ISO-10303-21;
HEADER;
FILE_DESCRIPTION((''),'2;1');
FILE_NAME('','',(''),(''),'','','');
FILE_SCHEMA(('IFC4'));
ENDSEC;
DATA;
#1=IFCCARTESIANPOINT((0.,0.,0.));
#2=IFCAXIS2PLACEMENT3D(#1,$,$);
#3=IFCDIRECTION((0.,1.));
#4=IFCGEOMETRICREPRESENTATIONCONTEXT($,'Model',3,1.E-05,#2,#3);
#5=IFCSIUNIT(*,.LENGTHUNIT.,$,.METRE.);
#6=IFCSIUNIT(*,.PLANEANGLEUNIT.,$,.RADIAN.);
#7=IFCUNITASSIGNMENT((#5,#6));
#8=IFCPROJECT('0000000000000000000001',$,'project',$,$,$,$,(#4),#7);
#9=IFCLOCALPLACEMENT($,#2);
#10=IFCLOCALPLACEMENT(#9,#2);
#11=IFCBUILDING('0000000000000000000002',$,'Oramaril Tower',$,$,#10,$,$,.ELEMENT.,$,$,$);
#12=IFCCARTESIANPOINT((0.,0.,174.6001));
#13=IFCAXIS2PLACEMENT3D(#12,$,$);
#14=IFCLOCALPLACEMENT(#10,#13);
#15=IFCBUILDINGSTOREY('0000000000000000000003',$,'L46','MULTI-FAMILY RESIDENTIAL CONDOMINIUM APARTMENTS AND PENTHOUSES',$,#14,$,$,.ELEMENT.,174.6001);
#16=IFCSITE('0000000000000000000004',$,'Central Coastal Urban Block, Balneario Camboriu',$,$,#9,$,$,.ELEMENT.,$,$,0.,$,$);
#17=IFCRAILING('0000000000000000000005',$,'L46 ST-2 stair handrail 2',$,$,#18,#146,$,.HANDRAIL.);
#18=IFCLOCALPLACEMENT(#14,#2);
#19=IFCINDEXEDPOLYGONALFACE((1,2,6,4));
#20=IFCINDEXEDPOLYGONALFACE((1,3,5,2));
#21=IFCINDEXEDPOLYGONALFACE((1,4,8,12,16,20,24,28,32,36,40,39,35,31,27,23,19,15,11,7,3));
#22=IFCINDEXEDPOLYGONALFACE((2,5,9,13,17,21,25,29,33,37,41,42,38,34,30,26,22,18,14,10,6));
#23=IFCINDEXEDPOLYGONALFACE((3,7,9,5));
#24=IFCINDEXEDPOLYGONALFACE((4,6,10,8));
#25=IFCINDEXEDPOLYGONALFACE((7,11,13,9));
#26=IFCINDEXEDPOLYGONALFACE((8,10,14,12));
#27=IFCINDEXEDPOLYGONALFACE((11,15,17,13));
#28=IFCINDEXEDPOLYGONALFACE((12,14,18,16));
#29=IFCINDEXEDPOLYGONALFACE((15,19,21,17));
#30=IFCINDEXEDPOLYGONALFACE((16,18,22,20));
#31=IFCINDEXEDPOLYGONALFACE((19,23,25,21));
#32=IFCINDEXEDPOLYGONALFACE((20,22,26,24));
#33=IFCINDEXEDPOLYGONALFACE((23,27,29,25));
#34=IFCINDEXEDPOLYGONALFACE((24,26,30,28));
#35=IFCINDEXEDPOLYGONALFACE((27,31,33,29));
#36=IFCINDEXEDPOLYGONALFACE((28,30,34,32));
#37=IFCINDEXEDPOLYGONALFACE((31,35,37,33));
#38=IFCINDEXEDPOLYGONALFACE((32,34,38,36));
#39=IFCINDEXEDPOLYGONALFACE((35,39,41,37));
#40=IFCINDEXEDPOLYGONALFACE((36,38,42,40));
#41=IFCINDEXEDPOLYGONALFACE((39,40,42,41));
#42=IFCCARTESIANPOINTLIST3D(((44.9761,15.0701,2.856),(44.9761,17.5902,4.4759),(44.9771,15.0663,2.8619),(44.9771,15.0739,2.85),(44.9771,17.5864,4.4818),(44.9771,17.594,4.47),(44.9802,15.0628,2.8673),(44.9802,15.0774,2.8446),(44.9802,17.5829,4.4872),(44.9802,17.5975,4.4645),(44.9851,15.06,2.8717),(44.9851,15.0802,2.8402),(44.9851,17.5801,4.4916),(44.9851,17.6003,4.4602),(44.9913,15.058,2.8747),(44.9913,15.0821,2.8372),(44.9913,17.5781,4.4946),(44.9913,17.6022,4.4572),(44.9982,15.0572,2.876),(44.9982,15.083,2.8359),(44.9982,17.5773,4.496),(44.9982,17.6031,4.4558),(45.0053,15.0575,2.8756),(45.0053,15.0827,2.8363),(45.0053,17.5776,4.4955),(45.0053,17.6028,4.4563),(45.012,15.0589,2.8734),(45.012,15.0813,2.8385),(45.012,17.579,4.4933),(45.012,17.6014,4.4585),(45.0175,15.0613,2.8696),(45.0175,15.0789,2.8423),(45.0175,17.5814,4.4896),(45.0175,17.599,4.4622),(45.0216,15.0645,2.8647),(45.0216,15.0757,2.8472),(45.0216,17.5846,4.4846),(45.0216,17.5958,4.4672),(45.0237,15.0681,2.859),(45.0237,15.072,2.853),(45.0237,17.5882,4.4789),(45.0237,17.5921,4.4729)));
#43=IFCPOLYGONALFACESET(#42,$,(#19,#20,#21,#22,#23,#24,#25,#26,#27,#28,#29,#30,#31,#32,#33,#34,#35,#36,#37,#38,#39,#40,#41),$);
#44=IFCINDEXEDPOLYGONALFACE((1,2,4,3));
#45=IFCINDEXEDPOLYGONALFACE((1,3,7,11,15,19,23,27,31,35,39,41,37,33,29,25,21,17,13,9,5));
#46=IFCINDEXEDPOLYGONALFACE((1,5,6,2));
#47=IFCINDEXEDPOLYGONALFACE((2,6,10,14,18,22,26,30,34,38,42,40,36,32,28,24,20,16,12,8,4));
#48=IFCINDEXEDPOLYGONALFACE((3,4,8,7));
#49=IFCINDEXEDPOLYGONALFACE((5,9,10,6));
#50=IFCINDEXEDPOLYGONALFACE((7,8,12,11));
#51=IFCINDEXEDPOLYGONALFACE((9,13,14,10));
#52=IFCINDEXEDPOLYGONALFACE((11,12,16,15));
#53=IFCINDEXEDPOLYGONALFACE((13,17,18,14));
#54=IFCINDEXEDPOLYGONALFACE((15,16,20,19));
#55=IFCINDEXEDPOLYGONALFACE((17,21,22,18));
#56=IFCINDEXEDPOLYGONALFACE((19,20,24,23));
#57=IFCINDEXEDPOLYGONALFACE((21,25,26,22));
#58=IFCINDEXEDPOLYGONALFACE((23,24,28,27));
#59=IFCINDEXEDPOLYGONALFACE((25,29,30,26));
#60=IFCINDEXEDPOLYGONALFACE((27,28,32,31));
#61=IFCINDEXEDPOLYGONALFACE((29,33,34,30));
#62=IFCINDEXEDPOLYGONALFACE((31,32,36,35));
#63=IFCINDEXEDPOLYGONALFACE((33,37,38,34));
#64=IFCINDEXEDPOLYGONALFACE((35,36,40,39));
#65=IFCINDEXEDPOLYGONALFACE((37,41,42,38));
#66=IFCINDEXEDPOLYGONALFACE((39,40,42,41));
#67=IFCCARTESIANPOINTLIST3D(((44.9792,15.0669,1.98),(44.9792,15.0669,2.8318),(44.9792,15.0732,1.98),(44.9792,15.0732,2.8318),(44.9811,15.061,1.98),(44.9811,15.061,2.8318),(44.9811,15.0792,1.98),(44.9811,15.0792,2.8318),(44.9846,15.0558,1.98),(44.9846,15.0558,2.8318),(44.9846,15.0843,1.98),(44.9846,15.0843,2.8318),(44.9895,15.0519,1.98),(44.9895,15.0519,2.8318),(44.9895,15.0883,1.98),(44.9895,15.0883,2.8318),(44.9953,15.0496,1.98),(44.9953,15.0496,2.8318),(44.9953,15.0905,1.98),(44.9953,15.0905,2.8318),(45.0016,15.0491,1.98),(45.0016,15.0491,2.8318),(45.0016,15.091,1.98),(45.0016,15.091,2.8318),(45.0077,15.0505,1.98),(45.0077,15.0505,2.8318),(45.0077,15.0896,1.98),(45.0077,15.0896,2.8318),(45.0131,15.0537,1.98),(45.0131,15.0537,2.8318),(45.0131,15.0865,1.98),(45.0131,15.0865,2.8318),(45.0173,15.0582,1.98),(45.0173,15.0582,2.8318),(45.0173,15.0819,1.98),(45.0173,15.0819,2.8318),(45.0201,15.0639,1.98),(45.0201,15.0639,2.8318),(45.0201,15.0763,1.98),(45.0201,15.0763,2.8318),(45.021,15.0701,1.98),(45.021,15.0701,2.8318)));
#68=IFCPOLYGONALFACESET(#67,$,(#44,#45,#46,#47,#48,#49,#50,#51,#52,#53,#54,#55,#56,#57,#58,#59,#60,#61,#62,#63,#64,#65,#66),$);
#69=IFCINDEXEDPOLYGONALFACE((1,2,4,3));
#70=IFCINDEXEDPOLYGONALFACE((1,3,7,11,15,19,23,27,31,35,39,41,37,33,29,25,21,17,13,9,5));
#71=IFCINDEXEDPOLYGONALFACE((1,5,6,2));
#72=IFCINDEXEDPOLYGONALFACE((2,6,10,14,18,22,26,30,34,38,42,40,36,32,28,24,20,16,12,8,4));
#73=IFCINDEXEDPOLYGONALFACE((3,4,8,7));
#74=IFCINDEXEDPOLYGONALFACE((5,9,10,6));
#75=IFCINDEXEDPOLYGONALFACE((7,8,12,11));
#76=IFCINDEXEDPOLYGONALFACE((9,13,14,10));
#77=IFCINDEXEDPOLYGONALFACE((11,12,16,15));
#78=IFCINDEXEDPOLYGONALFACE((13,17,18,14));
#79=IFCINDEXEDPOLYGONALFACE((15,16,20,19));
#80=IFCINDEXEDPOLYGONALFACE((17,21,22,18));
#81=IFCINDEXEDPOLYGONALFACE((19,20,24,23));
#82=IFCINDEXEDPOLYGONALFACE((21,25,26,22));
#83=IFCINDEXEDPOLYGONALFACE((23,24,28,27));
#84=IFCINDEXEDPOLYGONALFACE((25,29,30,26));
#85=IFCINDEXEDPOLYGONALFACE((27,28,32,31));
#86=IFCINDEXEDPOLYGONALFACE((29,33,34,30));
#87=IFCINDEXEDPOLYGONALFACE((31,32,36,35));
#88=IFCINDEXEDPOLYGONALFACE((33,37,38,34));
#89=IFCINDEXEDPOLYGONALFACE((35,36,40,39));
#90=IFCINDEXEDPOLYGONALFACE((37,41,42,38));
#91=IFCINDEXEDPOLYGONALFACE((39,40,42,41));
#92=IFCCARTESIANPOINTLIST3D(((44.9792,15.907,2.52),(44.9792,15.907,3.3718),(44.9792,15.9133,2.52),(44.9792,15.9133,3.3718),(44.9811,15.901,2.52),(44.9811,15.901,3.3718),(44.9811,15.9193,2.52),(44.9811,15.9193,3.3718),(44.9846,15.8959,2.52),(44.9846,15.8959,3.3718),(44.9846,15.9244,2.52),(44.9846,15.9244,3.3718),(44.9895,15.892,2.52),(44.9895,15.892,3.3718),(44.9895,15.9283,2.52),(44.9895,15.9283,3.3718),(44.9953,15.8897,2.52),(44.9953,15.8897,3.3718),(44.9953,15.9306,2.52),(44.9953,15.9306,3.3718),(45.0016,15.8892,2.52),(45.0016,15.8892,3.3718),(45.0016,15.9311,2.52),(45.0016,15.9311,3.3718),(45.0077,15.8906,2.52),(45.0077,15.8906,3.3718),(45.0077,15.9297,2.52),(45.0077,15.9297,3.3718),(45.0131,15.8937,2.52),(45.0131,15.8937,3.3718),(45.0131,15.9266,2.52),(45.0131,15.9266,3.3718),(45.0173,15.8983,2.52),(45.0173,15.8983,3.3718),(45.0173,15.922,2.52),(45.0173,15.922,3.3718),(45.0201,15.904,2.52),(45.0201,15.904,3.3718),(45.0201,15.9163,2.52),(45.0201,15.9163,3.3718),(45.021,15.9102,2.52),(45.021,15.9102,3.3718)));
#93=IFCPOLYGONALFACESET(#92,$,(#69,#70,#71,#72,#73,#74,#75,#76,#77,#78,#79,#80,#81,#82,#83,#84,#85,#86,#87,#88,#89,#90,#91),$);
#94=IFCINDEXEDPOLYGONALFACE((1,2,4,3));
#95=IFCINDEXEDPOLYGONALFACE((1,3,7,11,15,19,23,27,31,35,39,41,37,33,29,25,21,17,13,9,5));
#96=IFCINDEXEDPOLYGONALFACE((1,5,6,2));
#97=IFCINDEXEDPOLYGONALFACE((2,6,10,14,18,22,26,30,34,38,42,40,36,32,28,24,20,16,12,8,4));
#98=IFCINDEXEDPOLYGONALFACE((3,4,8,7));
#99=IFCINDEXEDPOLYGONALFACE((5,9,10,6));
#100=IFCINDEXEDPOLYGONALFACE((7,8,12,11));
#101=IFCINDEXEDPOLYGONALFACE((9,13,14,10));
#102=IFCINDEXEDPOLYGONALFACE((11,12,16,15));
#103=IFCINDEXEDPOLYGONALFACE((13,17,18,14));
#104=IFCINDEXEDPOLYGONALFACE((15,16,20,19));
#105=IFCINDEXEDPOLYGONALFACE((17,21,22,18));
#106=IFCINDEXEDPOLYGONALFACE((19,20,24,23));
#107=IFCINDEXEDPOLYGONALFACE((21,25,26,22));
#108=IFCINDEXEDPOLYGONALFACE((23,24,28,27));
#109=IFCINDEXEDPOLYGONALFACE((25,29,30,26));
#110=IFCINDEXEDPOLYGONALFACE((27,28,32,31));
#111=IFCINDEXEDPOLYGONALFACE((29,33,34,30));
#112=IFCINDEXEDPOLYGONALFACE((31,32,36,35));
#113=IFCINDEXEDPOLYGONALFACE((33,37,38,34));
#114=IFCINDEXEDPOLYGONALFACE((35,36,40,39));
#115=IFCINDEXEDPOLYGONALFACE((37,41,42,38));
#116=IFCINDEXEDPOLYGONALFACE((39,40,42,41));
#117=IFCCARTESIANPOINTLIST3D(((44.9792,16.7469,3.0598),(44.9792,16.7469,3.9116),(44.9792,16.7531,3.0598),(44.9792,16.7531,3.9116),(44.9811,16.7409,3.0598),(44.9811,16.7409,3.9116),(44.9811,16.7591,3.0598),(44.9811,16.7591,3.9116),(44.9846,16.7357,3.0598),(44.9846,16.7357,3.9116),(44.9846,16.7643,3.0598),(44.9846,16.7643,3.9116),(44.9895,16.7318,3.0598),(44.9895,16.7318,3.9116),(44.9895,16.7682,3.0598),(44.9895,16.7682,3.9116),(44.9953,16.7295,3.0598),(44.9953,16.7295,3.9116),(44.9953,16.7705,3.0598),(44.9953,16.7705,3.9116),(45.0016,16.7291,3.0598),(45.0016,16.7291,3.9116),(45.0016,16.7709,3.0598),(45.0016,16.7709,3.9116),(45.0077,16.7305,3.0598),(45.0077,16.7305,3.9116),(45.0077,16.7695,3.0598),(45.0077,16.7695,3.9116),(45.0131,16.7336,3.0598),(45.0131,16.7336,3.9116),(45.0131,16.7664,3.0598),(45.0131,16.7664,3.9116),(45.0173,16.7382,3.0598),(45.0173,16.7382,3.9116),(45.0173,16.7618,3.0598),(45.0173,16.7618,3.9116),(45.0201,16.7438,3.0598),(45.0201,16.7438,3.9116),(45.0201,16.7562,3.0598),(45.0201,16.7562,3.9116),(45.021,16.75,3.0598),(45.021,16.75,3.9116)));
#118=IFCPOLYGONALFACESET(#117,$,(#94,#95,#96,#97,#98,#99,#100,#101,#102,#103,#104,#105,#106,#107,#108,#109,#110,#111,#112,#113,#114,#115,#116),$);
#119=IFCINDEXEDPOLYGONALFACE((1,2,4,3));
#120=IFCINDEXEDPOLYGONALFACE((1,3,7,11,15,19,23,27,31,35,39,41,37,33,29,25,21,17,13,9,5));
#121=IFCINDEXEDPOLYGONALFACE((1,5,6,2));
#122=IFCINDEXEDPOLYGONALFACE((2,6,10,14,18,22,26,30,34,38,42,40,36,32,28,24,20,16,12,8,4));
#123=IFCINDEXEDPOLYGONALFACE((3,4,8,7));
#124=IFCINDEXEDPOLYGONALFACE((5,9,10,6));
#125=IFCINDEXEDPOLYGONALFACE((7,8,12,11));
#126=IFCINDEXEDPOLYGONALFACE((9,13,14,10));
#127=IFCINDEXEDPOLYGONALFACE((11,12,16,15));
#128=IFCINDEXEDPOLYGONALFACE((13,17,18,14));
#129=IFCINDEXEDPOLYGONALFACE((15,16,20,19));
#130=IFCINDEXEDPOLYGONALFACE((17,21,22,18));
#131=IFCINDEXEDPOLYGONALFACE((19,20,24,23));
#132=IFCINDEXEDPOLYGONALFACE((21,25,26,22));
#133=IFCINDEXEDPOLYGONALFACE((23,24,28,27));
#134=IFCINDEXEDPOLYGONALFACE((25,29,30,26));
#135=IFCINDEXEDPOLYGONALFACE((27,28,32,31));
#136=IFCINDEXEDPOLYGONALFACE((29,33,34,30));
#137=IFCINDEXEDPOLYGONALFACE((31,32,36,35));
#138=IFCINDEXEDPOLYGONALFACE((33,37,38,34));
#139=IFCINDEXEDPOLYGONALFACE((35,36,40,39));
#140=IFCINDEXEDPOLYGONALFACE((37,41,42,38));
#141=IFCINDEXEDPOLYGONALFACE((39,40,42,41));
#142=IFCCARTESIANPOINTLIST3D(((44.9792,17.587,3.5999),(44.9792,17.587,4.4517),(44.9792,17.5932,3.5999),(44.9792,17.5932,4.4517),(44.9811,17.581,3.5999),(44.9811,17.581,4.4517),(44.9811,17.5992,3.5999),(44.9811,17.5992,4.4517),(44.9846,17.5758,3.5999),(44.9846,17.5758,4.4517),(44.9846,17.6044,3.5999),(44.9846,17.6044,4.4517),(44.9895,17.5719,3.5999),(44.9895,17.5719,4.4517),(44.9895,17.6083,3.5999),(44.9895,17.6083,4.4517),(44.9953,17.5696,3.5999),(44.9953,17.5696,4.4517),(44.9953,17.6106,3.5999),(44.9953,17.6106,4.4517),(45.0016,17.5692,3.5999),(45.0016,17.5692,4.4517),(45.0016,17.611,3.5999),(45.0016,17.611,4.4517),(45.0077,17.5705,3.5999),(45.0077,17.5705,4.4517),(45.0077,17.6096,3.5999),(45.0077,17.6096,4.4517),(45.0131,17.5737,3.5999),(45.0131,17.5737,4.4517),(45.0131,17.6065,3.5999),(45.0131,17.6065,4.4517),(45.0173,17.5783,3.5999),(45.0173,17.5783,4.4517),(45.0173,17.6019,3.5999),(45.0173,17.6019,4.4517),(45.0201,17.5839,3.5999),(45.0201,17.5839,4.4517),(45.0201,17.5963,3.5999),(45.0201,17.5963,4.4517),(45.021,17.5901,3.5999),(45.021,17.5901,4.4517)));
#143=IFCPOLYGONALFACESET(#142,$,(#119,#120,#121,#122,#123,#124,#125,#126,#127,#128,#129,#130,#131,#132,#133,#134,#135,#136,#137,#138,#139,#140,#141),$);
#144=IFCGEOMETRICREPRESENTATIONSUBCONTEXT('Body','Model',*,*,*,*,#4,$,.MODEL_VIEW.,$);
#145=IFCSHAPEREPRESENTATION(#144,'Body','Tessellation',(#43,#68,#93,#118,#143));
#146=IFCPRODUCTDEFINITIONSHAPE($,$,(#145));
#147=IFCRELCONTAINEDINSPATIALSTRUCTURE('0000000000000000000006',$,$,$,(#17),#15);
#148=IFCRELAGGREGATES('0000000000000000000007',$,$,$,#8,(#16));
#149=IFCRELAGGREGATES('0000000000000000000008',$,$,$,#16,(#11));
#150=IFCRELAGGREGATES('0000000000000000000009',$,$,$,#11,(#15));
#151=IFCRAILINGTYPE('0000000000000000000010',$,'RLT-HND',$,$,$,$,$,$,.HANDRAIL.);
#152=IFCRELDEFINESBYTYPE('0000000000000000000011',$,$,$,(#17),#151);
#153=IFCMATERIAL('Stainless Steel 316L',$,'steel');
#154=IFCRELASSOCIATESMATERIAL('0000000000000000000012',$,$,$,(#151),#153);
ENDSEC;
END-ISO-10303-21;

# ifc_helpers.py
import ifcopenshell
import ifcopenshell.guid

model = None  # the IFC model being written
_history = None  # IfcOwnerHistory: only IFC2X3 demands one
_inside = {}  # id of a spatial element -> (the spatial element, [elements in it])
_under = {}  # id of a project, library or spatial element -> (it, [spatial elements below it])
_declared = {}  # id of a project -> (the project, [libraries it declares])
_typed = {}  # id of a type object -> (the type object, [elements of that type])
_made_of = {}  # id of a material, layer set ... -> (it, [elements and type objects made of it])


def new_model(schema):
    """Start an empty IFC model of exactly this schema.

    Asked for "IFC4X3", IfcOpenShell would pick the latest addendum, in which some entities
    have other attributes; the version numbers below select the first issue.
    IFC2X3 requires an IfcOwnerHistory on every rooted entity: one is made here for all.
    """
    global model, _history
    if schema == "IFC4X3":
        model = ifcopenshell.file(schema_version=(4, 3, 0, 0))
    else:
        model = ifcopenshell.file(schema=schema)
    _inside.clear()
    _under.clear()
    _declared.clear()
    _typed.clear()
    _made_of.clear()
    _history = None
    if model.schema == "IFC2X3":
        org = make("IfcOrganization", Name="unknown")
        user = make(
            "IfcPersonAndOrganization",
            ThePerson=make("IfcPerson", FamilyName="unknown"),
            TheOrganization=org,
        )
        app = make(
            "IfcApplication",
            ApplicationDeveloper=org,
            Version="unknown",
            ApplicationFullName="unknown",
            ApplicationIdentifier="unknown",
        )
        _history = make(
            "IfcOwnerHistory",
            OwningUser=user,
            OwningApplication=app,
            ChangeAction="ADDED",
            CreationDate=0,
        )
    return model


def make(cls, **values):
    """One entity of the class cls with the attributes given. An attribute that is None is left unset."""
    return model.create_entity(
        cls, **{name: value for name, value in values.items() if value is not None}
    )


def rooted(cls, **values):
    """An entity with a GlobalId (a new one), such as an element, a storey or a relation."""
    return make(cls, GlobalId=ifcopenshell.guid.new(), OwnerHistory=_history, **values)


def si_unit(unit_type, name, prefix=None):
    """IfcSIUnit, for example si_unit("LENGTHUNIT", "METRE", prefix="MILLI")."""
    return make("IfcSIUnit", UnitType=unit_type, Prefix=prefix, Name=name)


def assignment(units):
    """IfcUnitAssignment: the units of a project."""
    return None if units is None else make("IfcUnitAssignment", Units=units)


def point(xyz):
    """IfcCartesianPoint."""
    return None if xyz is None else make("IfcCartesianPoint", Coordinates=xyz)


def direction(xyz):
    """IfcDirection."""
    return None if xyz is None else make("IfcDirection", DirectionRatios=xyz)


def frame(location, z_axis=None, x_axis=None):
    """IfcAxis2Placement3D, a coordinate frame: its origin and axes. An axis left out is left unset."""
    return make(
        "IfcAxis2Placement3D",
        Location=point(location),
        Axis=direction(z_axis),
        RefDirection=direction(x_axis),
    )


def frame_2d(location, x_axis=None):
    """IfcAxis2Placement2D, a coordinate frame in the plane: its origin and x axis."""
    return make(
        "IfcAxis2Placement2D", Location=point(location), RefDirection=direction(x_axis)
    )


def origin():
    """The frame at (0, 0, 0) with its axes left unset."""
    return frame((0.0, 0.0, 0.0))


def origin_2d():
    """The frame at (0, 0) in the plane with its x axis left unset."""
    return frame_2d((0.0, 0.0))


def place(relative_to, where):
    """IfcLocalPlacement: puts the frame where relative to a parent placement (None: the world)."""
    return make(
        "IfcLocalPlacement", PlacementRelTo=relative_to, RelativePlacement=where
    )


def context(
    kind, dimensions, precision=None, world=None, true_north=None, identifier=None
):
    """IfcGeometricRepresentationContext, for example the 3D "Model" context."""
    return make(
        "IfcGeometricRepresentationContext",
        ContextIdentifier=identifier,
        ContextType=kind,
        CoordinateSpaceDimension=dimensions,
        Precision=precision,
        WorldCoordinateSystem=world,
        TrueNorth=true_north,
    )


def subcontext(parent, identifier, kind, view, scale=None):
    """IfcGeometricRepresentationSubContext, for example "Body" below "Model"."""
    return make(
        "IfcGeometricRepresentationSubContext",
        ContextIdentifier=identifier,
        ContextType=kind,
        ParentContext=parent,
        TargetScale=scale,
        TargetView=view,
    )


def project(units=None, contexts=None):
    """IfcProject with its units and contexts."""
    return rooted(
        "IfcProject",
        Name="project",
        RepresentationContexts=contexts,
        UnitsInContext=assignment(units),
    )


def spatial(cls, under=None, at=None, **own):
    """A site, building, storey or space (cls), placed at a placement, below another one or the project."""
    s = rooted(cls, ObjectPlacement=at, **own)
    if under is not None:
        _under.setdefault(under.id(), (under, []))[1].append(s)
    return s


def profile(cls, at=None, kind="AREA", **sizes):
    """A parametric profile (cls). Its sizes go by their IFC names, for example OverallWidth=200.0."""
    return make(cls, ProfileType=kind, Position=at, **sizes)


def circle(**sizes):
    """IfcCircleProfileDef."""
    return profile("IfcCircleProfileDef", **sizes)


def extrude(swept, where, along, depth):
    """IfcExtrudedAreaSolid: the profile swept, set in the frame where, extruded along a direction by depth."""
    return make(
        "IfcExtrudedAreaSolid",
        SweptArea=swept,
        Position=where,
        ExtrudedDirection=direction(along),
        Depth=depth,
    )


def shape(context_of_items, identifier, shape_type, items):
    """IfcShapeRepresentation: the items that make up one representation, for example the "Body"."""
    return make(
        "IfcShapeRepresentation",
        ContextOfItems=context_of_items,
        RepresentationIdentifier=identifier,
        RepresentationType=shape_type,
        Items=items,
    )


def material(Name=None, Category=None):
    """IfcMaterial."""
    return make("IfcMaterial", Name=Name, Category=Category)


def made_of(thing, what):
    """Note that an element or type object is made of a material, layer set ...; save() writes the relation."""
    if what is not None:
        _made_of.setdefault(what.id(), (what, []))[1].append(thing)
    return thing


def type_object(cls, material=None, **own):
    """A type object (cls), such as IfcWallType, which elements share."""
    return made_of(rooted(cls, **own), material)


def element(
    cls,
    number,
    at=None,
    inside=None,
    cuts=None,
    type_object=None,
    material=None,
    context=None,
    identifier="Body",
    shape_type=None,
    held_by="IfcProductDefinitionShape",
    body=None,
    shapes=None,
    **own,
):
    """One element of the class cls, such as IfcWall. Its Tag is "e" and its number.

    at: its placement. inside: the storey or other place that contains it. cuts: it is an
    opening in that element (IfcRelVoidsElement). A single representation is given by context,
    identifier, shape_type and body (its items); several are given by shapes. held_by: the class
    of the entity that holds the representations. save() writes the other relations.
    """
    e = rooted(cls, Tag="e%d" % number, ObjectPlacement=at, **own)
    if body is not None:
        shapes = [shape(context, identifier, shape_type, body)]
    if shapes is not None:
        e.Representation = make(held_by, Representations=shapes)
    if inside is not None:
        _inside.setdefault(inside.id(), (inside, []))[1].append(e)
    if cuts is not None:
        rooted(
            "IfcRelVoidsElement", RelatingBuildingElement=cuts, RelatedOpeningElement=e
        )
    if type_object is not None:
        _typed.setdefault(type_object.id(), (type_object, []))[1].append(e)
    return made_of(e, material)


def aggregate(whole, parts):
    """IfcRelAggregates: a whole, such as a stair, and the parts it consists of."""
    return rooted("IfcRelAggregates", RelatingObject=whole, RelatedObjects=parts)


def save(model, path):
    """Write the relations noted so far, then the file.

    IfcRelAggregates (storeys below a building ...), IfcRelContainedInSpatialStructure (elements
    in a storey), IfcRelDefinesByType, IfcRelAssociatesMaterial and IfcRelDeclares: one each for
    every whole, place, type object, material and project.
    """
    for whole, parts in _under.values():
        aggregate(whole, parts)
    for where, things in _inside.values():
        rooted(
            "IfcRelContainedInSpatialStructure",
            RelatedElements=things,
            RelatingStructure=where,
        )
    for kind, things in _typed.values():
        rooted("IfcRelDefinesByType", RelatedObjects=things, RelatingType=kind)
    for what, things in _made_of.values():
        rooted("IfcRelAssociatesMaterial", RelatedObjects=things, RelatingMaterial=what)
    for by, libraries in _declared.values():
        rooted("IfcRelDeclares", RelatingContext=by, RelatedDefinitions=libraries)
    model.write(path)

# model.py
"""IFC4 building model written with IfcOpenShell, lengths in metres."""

from ifc_helpers import new_model, si_unit, direction, frame, origin, origin_2d, place, context, subcontext, project, spatial, circle, extrude, material, type_object, element, save


model = new_model("IFC4")

# Units and contexts
model_context = context("Model", 3, precision=1e-05, world=origin(), true_north=direction((0.0, 1.0)))
body_context = subcontext(model_context, "Body", "Model", "MODEL_VIEW")
ifc_project = project(units=[si_unit("LENGTHUNIT", "METRE"), si_unit("PLANEANGLEUNIT", "RADIAN")], contexts=[model_context])

# Site, building, storey
site_placement = place(None, origin())
site = spatial("IfcSite", under=ifc_project, at=site_placement, Name="Central Coastal Urban Block, Balneario Camboriu", CompositionType="ELEMENT", RefElevation=0.0)
building_placement = place(site_placement, origin())
building = spatial("IfcBuilding", under=site, at=building_placement, Name="Oramaril Tower", CompositionType="ELEMENT")
storey_placement = place(building_placement, frame((0.0, 0.0, 174.6001)))
storey = spatial("IfcBuildingStorey", under=building, at=storey_placement, Name="L46", Description="MULTI-FAMILY RESIDENTIAL CONDOMINIUM APARTMENTS AND PENTHOUSES", CompositionType="ELEMENT", Elevation=174.6001)

# Railing
ifc_material_1 = material(Name="Stainless Steel 316L", Category="steel")
railing_type_1 = type_object("IfcRailingType", Name="RLT-HND", PredefinedType="HANDRAIL", material=ifc_material_1)
railing_1_placement = place(storey_placement, frame((45.0, 15.0701, 1.98)))
element("IfcRailing", 1, at=railing_1_placement, inside=storey, type_object=railing_type_1, Name="L46 ST-2 stair handrail 2", PredefinedType="HANDRAIL", context=body_context, shape_type="SweptSolid", body=[
    extrude(circle(Radius=0.0239, at=origin_2d()), frame((0.0, 0.0, 0.876), z_axis=(0.0, 0.8412, 0.540725), x_axis=(-1.0, 0.0, 0.0)), (0.0, 0.0, 1.0), 2.9958),
    extrude(circle(Radius=0.021, at=origin_2d()), origin(), (0.0, 0.0, 1.0), 0.8518),
    extrude(circle(Radius=0.021, at=origin_2d()), frame((0.0, 0.8401, 0.54)), (0.0, 0.0, 1.0), 0.8518),
    extrude(circle(Radius=0.021, at=origin_2d()), frame((0.0, 1.6799, 1.0798)), (0.0, 0.0, 1.0), 0.8518),
    extrude(circle(Radius=0.021, at=origin_2d()), frame((0.0, 2.52, 1.6199)), (0.0, 0.0, 1.0), 0.8518),
])

save(model, "model.ifc")
